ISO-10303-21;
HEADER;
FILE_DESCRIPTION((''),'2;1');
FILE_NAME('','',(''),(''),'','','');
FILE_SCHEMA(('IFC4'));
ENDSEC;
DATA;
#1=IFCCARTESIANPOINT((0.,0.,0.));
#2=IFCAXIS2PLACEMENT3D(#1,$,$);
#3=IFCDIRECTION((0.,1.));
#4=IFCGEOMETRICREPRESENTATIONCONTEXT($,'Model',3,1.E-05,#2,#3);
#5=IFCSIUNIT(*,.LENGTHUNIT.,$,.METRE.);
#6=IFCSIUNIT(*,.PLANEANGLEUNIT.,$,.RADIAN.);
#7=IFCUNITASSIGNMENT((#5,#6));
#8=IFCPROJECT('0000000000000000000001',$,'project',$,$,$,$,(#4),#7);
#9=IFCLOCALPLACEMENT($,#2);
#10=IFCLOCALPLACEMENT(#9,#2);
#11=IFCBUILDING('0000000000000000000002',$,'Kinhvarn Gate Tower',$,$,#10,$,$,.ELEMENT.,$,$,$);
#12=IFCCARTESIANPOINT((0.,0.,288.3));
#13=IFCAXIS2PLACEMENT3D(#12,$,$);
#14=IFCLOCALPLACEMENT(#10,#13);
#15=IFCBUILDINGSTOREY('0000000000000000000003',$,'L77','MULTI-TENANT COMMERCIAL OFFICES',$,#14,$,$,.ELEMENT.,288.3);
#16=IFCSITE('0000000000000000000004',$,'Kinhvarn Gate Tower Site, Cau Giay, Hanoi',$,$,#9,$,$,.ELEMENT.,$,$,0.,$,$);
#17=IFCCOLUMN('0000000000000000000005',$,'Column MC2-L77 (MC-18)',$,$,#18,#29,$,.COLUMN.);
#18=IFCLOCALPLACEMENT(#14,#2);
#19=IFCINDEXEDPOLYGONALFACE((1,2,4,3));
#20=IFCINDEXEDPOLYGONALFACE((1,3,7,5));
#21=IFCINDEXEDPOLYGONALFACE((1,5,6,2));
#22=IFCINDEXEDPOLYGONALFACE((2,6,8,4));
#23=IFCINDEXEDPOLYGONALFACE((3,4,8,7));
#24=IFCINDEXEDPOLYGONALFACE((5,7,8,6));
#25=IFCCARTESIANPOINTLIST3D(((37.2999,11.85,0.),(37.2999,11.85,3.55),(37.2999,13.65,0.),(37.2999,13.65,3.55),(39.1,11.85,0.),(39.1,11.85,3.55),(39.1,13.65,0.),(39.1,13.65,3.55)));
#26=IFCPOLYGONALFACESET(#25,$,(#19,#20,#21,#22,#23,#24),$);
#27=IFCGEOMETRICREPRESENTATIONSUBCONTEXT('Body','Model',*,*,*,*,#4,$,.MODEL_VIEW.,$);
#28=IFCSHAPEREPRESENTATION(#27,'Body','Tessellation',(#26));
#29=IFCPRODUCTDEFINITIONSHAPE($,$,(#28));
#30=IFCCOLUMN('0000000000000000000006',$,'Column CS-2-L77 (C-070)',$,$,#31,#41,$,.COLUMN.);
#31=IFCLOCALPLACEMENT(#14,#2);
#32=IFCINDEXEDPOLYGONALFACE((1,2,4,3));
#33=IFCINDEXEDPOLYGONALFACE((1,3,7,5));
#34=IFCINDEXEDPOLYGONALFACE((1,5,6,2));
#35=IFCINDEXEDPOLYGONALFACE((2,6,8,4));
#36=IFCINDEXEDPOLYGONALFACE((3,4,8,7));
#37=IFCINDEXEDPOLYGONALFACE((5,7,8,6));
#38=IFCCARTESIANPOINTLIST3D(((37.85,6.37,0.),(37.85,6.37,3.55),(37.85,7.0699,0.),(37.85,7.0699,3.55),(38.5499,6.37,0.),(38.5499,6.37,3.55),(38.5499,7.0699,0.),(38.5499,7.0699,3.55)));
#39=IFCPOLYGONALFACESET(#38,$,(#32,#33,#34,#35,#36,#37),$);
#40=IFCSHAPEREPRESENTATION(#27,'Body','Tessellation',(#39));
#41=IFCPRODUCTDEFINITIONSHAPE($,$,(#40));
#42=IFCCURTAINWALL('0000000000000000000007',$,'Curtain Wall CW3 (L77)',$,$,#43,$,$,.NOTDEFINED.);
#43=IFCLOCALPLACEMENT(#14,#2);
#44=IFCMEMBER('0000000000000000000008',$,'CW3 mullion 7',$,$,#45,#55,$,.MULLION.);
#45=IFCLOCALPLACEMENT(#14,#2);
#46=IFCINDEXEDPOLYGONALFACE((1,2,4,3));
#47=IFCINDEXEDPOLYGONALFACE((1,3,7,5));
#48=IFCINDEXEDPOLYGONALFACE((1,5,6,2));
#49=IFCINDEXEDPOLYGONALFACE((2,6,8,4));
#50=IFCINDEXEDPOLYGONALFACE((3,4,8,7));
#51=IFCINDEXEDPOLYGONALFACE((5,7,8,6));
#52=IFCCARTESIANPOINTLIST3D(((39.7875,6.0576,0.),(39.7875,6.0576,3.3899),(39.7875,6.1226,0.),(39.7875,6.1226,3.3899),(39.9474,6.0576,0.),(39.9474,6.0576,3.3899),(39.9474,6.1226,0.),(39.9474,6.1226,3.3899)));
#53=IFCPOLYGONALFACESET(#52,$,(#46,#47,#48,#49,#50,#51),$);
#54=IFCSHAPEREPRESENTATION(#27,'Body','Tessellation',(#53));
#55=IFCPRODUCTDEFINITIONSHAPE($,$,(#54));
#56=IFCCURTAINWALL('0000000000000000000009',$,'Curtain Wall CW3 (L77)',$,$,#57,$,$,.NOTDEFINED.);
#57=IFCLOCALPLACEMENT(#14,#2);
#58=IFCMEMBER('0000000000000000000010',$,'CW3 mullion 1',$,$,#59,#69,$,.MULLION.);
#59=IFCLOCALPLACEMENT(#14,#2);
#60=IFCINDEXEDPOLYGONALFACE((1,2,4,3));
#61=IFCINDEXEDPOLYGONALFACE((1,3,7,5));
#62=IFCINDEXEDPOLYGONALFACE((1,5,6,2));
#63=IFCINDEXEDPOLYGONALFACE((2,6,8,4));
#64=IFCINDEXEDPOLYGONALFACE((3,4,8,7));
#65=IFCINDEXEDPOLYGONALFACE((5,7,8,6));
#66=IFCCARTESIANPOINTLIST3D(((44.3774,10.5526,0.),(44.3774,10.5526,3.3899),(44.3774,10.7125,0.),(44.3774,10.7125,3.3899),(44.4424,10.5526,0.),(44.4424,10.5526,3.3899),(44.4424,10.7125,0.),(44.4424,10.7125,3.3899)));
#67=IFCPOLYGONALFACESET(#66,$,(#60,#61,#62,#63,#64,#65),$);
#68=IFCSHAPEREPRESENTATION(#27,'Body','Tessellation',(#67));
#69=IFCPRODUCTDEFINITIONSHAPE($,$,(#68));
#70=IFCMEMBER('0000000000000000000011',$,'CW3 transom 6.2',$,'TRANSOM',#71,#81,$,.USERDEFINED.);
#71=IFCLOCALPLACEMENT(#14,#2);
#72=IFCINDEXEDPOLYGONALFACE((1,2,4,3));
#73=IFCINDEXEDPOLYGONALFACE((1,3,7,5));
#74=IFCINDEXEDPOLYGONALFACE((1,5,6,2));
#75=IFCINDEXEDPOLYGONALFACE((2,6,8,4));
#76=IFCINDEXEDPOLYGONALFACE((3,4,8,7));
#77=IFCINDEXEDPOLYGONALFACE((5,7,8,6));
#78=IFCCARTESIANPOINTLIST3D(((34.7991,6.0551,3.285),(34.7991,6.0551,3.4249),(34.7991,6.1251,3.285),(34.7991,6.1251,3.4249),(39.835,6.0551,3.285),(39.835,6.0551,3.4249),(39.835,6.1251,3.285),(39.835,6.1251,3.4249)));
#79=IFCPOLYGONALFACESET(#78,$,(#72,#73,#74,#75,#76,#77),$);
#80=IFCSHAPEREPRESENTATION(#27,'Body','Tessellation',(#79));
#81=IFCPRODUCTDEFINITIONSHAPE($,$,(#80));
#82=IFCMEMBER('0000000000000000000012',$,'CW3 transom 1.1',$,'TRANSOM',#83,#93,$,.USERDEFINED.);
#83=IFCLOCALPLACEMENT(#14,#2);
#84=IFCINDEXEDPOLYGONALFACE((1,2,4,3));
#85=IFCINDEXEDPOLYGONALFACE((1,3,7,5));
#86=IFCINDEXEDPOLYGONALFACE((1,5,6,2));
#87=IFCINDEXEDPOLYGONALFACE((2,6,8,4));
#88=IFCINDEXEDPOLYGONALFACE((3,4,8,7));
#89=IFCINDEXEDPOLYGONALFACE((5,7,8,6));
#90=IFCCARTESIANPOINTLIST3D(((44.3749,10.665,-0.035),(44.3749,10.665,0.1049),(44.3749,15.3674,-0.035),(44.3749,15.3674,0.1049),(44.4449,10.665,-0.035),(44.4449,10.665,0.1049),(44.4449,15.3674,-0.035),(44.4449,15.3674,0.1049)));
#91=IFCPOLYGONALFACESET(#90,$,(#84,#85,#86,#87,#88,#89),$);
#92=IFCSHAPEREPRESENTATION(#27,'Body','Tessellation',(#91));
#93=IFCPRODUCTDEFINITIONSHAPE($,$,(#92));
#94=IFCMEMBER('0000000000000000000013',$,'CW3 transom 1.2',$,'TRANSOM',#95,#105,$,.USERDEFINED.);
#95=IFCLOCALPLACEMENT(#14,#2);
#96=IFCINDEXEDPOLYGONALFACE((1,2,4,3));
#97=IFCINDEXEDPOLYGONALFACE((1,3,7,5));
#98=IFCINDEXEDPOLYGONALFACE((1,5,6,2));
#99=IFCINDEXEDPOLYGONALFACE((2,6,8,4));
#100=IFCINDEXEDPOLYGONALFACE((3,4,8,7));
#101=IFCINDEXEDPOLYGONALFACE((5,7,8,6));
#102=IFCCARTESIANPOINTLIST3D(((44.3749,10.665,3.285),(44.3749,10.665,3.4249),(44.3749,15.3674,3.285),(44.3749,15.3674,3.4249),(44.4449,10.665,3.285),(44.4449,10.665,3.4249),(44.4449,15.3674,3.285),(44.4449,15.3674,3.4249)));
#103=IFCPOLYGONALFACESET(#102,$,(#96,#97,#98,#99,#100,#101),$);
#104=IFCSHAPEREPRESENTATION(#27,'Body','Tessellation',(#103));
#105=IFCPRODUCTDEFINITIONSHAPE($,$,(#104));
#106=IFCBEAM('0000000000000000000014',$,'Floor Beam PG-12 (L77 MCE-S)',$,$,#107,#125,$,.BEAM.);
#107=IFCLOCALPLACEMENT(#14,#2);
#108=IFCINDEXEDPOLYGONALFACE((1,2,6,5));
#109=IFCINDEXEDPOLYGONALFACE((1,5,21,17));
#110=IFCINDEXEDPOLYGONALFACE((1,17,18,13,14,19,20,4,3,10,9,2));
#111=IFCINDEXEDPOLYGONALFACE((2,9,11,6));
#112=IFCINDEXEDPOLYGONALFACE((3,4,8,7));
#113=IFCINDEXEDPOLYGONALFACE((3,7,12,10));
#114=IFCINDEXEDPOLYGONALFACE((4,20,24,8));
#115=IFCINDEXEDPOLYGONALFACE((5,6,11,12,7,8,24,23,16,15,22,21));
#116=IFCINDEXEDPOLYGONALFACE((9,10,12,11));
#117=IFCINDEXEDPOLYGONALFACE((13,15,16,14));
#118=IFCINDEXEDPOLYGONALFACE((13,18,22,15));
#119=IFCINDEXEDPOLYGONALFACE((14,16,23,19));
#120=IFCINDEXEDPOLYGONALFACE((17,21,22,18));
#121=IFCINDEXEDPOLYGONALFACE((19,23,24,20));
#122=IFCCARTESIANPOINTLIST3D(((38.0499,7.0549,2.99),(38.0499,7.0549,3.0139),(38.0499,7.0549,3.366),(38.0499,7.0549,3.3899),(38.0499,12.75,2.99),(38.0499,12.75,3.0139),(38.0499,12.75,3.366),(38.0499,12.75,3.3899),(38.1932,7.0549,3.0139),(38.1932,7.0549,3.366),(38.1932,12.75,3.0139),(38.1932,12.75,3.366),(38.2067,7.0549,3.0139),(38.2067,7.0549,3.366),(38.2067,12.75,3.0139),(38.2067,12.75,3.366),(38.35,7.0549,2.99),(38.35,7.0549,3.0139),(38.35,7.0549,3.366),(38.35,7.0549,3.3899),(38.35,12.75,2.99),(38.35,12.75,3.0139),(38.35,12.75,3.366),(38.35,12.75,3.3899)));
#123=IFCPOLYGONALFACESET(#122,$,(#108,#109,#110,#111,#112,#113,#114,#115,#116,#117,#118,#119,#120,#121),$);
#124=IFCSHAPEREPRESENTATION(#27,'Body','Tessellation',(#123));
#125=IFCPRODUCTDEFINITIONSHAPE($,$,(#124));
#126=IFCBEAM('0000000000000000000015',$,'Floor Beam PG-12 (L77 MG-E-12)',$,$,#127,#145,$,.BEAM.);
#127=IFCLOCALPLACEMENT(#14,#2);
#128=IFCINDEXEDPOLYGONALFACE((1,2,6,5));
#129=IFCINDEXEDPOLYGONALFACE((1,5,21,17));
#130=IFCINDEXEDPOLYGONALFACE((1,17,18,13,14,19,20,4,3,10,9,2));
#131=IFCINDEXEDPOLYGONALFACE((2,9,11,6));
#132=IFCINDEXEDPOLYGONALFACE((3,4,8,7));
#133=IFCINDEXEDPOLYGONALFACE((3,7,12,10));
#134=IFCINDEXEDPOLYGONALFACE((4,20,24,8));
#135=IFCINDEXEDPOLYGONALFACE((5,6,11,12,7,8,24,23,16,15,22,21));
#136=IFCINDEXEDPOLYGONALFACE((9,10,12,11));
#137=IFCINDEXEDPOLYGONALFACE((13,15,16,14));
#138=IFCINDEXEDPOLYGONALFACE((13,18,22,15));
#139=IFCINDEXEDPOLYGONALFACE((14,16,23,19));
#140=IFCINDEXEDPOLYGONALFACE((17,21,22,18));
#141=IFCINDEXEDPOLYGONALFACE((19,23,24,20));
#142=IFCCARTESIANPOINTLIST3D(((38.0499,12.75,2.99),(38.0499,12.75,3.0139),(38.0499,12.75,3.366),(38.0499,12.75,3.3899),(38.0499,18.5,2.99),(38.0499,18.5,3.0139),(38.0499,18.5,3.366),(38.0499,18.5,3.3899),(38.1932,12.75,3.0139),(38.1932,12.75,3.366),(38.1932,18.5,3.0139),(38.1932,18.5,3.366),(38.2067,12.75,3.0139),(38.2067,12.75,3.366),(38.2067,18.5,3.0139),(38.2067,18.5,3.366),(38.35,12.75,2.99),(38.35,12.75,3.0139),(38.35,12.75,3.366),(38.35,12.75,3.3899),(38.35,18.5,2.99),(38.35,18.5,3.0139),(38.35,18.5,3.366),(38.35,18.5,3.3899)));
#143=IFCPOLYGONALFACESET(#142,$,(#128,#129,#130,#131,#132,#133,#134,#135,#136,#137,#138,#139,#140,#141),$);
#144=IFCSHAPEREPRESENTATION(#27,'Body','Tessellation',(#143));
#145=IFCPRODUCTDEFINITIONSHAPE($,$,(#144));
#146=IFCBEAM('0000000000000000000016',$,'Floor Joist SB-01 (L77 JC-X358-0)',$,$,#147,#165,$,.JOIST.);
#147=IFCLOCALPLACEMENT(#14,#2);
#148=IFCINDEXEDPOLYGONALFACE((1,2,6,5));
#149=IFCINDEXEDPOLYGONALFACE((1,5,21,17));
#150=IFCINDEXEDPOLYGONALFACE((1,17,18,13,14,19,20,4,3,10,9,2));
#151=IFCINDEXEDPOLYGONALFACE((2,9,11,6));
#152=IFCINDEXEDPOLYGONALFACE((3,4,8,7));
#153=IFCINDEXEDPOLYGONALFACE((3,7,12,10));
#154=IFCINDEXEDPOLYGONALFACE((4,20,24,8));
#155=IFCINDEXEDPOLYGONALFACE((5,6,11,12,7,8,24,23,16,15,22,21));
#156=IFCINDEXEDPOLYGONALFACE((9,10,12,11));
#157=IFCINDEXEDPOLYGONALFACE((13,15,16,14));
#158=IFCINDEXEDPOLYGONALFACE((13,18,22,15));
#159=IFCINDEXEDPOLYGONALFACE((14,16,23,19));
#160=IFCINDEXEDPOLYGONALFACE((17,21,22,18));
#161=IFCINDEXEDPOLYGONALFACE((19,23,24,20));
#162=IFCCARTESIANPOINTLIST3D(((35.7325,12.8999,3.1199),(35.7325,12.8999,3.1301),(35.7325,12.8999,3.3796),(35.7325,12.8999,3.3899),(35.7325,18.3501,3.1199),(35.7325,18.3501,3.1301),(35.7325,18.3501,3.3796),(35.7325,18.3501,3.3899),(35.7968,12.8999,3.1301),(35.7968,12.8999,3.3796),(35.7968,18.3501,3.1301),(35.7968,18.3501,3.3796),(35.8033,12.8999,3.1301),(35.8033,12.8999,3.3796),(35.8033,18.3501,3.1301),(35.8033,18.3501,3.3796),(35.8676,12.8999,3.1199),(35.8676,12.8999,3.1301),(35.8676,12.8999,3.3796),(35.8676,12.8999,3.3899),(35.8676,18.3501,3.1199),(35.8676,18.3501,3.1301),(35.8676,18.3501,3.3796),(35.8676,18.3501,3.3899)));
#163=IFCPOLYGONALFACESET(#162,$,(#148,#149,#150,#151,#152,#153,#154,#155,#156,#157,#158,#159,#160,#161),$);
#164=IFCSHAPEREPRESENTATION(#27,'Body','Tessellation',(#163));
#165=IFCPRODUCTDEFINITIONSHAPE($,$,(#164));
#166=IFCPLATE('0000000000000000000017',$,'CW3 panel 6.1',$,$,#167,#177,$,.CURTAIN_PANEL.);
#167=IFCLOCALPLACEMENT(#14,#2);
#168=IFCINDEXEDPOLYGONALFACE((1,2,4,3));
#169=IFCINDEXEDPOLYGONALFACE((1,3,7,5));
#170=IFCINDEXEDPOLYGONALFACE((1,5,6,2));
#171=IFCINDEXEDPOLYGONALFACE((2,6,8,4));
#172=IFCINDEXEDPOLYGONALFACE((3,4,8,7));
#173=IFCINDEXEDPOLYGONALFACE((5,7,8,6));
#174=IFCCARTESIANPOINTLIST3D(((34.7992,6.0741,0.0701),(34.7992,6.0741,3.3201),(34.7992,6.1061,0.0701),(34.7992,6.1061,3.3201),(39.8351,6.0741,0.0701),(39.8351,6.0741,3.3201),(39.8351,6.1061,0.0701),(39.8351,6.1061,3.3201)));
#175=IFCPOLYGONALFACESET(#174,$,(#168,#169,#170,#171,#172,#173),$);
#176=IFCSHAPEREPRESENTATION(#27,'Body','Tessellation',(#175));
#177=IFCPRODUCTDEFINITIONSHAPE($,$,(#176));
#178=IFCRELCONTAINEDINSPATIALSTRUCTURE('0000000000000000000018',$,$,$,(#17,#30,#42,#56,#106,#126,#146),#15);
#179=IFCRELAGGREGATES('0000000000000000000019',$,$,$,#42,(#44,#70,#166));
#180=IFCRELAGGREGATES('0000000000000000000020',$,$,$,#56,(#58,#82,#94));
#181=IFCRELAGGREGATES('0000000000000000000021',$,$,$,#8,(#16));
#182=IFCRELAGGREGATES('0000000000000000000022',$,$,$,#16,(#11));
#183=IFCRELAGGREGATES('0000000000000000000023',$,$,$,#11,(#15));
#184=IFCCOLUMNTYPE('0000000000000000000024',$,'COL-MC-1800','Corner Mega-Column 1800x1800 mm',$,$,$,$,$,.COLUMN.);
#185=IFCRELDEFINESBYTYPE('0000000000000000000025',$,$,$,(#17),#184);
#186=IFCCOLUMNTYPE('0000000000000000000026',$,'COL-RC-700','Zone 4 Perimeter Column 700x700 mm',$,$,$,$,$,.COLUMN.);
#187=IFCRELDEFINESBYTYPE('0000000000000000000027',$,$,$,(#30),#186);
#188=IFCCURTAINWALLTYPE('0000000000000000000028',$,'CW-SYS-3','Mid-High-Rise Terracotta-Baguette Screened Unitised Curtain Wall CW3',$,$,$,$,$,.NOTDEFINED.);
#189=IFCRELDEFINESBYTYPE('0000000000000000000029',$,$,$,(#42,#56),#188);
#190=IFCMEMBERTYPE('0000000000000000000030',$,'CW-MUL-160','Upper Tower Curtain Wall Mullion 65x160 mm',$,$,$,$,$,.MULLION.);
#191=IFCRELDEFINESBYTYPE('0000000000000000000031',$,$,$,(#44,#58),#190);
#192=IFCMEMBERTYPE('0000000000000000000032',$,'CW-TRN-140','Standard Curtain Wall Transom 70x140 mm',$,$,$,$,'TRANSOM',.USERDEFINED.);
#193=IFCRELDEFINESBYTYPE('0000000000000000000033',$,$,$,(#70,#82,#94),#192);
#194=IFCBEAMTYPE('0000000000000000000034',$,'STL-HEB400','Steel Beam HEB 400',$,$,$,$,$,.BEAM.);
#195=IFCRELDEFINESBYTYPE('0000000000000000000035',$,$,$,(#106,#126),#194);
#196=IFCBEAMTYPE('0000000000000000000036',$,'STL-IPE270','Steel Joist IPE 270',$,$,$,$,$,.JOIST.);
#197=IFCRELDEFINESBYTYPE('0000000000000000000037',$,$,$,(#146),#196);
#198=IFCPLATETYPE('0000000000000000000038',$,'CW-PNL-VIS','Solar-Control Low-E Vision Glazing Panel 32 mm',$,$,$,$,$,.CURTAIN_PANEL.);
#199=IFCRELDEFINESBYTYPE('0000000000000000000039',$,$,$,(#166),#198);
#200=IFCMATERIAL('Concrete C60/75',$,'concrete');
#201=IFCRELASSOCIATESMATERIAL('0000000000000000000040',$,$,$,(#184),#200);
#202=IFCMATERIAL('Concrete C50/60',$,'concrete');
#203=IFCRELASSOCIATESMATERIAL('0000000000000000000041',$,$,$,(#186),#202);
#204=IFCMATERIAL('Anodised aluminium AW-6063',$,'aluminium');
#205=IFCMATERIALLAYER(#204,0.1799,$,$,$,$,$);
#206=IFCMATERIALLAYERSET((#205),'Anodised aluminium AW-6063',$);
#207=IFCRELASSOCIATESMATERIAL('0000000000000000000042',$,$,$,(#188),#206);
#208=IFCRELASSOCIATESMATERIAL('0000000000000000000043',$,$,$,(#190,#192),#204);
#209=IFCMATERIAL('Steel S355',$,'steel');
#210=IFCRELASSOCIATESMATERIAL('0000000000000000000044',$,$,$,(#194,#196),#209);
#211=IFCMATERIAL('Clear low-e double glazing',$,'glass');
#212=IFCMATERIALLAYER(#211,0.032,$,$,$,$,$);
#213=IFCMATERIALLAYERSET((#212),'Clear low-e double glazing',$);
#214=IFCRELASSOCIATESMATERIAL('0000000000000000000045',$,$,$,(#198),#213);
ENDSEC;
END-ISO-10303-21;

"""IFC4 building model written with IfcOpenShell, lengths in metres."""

from ifc_helpers import new_model, si_unit, direction, frame, origin, origin_2d, place, context, subcontext, project, spatial, rectangle, i_section, extrude, material, layer, layer_set, material_profile, profile_set, type_object, element, aggregate, save


model = new_model("IFC4")

# Units and contexts
model_context = context("Model", 3, precision=1e-05, world=origin(), true_north=direction((0.0, 1.0)))
body_context = subcontext(model_context, "Body", "Model", "MODEL_VIEW")
ifc_project = project(units=[si_unit("LENGTHUNIT", "METRE"), si_unit("PLANEANGLEUNIT", "RADIAN")], contexts=[model_context])

# Site, building, storey
site_placement = place(None, origin())
site = spatial("IfcSite", under=ifc_project, at=site_placement, Name="Kinhvarn Gate Tower Site, Cau Giay, Hanoi", CompositionType="ELEMENT", RefElevation=0.0)
building_placement = place(site_placement, origin())
building = spatial("IfcBuilding", under=site, at=building_placement, Name="Kinhvarn Gate Tower", CompositionType="ELEMENT")
storey_placement = place(building_placement, frame((0.0, 0.0, 288.3)))
storey = spatial("IfcBuildingStorey", under=building, at=storey_placement, Name="L77", Description="MULTI-TENANT COMMERCIAL OFFICES", CompositionType="ELEMENT", Elevation=288.3)

# Columns
ifc_material_1 = material(Name="Concrete C60/75", Category="concrete")
ifc_material_profile_1 = material_profile(ifc_material_1, rectangle(XDim=1.8, YDim=1.8, at=origin_2d()), Name="RC 1800x1800")
ifc_profile_set_1 = profile_set([ifc_material_profile_1], Name="Concrete C60/75")
column_type_1 = type_object("IfcColumnType", Name="COL-MC-1800", Description="Corner Mega-Column 1800x1800 mm", PredefinedType="COLUMN", material=ifc_profile_set_1)
column_1_placement = place(storey_placement, frame((38.2, 12.75, 0.0), z_axis=(0.0, 0.0, 1.0), x_axis=(1.0, 0.0, 0.0)))
element("IfcColumn", 1, at=column_1_placement, inside=storey, type_object=column_type_1, Name="Column MC2-L77 (MC-18)", PredefinedType="COLUMN", context=body_context, shape_type="SweptSolid", body=[
    extrude(rectangle(XDim=1.8, YDim=1.8, at=origin_2d()), origin(), (0.0, 0.0, 1.0), 3.55),
])
ifc_material_2 = material(Name="Concrete C50/60", Category="concrete")
ifc_material_profile_2 = material_profile(ifc_material_2, rectangle(XDim=0.7, YDim=0.7, at=origin_2d()), Name="RC 700x700")
ifc_profile_set_2 = profile_set([ifc_material_profile_2], Name="Concrete C50/60")
column_type_2 = type_object("IfcColumnType", Name="COL-RC-700", Description="Zone 4 Perimeter Column 700x700 mm", PredefinedType="COLUMN", material=ifc_profile_set_2)
column_2_placement = place(storey_placement, frame((38.2, 6.72, 0.0), z_axis=(0.0, 0.0, 1.0), x_axis=(1.0, 0.0, 0.0)))
element("IfcColumn", 2, at=column_2_placement, inside=storey, type_object=column_type_2, Name="Column CS-2-L77 (C-070)", PredefinedType="COLUMN", context=body_context, shape_type="SweptSolid", body=[
    extrude(rectangle(XDim=0.7, YDim=0.7, at=origin_2d()), origin(), (0.0, 0.0, 1.0), 3.55),
])

# Curtain walls, members
ifc_material_3 = material(Name="Anodised aluminium AW-6063", Category="aluminium")
ifc_layer_1 = layer(ifc_material_3, 0.1799)
ifc_layer_set_1 = layer_set([ifc_layer_1], Name="Anodised aluminium AW-6063")
curtain_wall_type = type_object("IfcCurtainWallType", Name="CW-SYS-3", Description="Mid-High-Rise Terracotta-Baguette Screened Unitised Curtain Wall CW3", PredefinedType="NOTDEFINED", material=ifc_layer_set_1)
curtain_wall_1_placement = place(storey_placement, origin())
curtain_wall_1 = element("IfcCurtainWall", 3, at=curtain_wall_1_placement, inside=storey, type_object=curtain_wall_type, Name="Curtain Wall CW3 (L77)", PredefinedType="NOTDEFINED")
ifc_material_profile_3 = material_profile(ifc_material_3, rectangle(XDim=0.0649, YDim=0.1599, at=origin_2d()), Name="ALU 65x160")
ifc_profile_set_3 = profile_set([ifc_material_profile_3], Name="Anodised aluminium AW-6063")
member_type_1 = type_object("IfcMemberType", Name="CW-MUL-160", Description="Upper Tower Curtain Wall Mullion 65x160 mm", PredefinedType="MULLION", material=ifc_profile_set_3)
member_1_placement = place(storey_placement, frame((39.8674, 6.0901, 0.0), z_axis=(0.0, 0.0, 1.0), x_axis=(0.0, 1.0, 0.0)))
member_1 = element("IfcMember", 4, at=member_1_placement, type_object=member_type_1, Name="CW3 mullion 7", PredefinedType="MULLION", context=body_context, shape_type="SweptSolid", body=[
    extrude(rectangle(XDim=0.0649, YDim=0.1599, at=origin_2d()), origin(), (0.0, 0.0, 1.0), 3.3899),
])
curtain_wall_2_placement = place(storey_placement, origin())
curtain_wall_2 = element("IfcCurtainWall", 5, at=curtain_wall_2_placement, inside=storey, type_object=curtain_wall_type, Name="Curtain Wall CW3 (L77)", PredefinedType="NOTDEFINED")
member_2_placement = place(storey_placement, frame((44.4099, 10.6326, 0.0), z_axis=(0.0, 0.0, 1.0), x_axis=(-1.0, 0.0, 0.0)))
member_2 = element("IfcMember", 6, at=member_2_placement, type_object=member_type_1, Name="CW3 mullion 1", PredefinedType="MULLION", context=body_context, shape_type="SweptSolid", body=[
    extrude(rectangle(XDim=0.0649, YDim=0.1599, at=origin_2d()), origin(), (0.0, 0.0, 1.0), 3.3899),
])

# Members
ifc_material_profile_4 = material_profile(ifc_material_3, rectangle(XDim=0.0701, YDim=0.1399, at=origin_2d()), Name="ALU 70x140")
ifc_profile_set_4 = profile_set([ifc_material_profile_4], Name="Anodised aluminium AW-6063")
member_type_2 = type_object("IfcMemberType", Name="CW-TRN-140", Description="Standard Curtain Wall Transom 70x140 mm", ElementType="TRANSOM", PredefinedType="USERDEFINED", material=ifc_profile_set_4)
member_3_placement = place(storey_placement, frame((34.7991, 6.0901, 3.355), z_axis=(1.0, 0.0, 0.0), x_axis=(0.0, 1.0, 0.0)))
member_3 = element("IfcMember", 7, at=member_3_placement, type_object=member_type_2, Name="CW3 transom 6.2", ObjectType="TRANSOM", PredefinedType="USERDEFINED", context=body_context, shape_type="SweptSolid", body=[
    extrude(rectangle(XDim=0.0701, YDim=0.1399, at=origin_2d()), origin(), (0.0, 0.0, 1.0), 5.0359),
])
member_4_placement = place(storey_placement, frame((44.4099, 10.665, 0.0349), z_axis=(0.0, 1.0, 0.0), x_axis=(-1.0, 0.0, 0.0)))
member_4 = element("IfcMember", 8, at=member_4_placement, type_object=member_type_2, Name="CW3 transom 1.1", ObjectType="TRANSOM", PredefinedType="USERDEFINED", context=body_context, shape_type="SweptSolid", body=[
    extrude(rectangle(XDim=0.0701, YDim=0.1399, at=origin_2d()), origin(), (0.0, 0.0, 1.0), 4.7024),
])
member_5_placement = place(storey_placement, frame((44.4099, 10.665, 3.355), z_axis=(0.0, 1.0, 0.0), x_axis=(-1.0, 0.0, 0.0)))
member_5 = element("IfcMember", 9, at=member_5_placement, type_object=member_type_2, Name="CW3 transom 1.2", ObjectType="TRANSOM", PredefinedType="USERDEFINED", context=body_context, shape_type="SweptSolid", body=[
    extrude(rectangle(XDim=0.0701, YDim=0.1399, at=origin_2d()), origin(), (0.0, 0.0, 1.0), 4.7024),
])

# Beams
ifc_material_4 = material(Name="Steel S355", Category="steel")
ifc_material_profile_5 = material_profile(ifc_material_4, i_section(OverallWidth=0.3, OverallDepth=0.3999, WebThickness=0.0134, FlangeThickness=0.0239, at=origin_2d()), Name="HEB 400")
ifc_profile_set_5 = profile_set([ifc_material_profile_5], Name="Steel S355")
beam_type_1 = type_object("IfcBeamType", Name="STL-HEB400", Description="Steel Beam HEB 400", PredefinedType="BEAM", material=ifc_profile_set_5)
beam_1_placement = place(storey_placement, frame((38.2, 7.0549, 3.1899), z_axis=(0.0, 1.0, 0.0), x_axis=(-1.0, 0.0, 0.0)))
element("IfcBeam", 10, at=beam_1_placement, inside=storey, type_object=beam_type_1, Name="Floor Beam PG-12 (L77 MCE-S)", PredefinedType="BEAM", context=body_context, shape_type="SweptSolid", body=[
    extrude(i_section(OverallWidth=0.3, OverallDepth=0.3999, WebThickness=0.0134, FlangeThickness=0.0239, at=origin_2d()), origin(), (0.0, 0.0, 1.0), 5.6951),
])
beam_2_placement = place(storey_placement, frame((38.2, 12.75, 3.1899), z_axis=(0.0, 1.0, 0.0), x_axis=(-1.0, 0.0, 0.0)))
element("IfcBeam", 11, at=beam_2_placement, inside=storey, type_object=beam_type_1, Name="Floor Beam PG-12 (L77 MG-E-12)", PredefinedType="BEAM", context=body_context, shape_type="SweptSolid", body=[
    extrude(i_section(OverallWidth=0.3, OverallDepth=0.3999, WebThickness=0.0134, FlangeThickness=0.0239, at=origin_2d()), origin(), (0.0, 0.0, 1.0), 5.75),
])
ifc_material_profile_6 = material_profile(ifc_material_4, i_section(OverallWidth=0.135, OverallDepth=0.27, WebThickness=0.0066, FlangeThickness=0.0103, at=origin_2d()), Name="IPE 270")
ifc_profile_set_6 = profile_set([ifc_material_profile_6], Name="Steel S355")
beam_type_2 = type_object("IfcBeamType", Name="STL-IPE270", Description="Steel Joist IPE 270", PredefinedType="JOIST", material=ifc_profile_set_6)
beam_3_placement = place(storey_placement, frame((35.8, 12.8999, 3.2549), z_axis=(0.0, 1.0, 0.0), x_axis=(-1.0, 0.0, 0.0)))
element("IfcBeam", 12, at=beam_3_placement, inside=storey, type_object=beam_type_2, Name="Floor Joist SB-01 (L77 JC-X358-0)", PredefinedType="JOIST", context=body_context, shape_type="SweptSolid", body=[
    extrude(i_section(OverallWidth=0.135, OverallDepth=0.27, WebThickness=0.0066, FlangeThickness=0.0103, at=origin_2d()), origin(), (0.0, 0.0, 1.0), 5.4502),
])

# Plate
ifc_material_5 = material(Name="Clear low-e double glazing", Category="glass")
ifc_layer_2 = layer(ifc_material_5, 0.032)
ifc_layer_set_2 = layer_set([ifc_layer_2], Name="Clear low-e double glazing")
plate_type = type_object("IfcPlateType", Name="CW-PNL-VIS", Description="Solar-Control Low-E Vision Glazing Panel 32 mm", PredefinedType="CURTAIN_PANEL", material=ifc_layer_set_2)
plate_1_placement = place(storey_placement, frame((37.3171, 6.0901, 0.0701), z_axis=(0.0, 0.0, 1.0), x_axis=(1.0, 0.0, 0.0)))
plate_1 = element("IfcPlate", 13, at=plate_1_placement, type_object=plate_type, Name="CW3 panel 6.1", PredefinedType="CURTAIN_PANEL", context=body_context, shape_type="SweptSolid", body=[
    extrude(rectangle(XDim=5.0359, YDim=0.032, at=origin_2d()), origin(), (0.0, 0.0, 1.0), 3.25),
])
aggregate(curtain_wall_1, [member_1, member_3, plate_1])
aggregate(curtain_wall_2, [member_2, member_4, member_5])

save(model, "model.ifc")
